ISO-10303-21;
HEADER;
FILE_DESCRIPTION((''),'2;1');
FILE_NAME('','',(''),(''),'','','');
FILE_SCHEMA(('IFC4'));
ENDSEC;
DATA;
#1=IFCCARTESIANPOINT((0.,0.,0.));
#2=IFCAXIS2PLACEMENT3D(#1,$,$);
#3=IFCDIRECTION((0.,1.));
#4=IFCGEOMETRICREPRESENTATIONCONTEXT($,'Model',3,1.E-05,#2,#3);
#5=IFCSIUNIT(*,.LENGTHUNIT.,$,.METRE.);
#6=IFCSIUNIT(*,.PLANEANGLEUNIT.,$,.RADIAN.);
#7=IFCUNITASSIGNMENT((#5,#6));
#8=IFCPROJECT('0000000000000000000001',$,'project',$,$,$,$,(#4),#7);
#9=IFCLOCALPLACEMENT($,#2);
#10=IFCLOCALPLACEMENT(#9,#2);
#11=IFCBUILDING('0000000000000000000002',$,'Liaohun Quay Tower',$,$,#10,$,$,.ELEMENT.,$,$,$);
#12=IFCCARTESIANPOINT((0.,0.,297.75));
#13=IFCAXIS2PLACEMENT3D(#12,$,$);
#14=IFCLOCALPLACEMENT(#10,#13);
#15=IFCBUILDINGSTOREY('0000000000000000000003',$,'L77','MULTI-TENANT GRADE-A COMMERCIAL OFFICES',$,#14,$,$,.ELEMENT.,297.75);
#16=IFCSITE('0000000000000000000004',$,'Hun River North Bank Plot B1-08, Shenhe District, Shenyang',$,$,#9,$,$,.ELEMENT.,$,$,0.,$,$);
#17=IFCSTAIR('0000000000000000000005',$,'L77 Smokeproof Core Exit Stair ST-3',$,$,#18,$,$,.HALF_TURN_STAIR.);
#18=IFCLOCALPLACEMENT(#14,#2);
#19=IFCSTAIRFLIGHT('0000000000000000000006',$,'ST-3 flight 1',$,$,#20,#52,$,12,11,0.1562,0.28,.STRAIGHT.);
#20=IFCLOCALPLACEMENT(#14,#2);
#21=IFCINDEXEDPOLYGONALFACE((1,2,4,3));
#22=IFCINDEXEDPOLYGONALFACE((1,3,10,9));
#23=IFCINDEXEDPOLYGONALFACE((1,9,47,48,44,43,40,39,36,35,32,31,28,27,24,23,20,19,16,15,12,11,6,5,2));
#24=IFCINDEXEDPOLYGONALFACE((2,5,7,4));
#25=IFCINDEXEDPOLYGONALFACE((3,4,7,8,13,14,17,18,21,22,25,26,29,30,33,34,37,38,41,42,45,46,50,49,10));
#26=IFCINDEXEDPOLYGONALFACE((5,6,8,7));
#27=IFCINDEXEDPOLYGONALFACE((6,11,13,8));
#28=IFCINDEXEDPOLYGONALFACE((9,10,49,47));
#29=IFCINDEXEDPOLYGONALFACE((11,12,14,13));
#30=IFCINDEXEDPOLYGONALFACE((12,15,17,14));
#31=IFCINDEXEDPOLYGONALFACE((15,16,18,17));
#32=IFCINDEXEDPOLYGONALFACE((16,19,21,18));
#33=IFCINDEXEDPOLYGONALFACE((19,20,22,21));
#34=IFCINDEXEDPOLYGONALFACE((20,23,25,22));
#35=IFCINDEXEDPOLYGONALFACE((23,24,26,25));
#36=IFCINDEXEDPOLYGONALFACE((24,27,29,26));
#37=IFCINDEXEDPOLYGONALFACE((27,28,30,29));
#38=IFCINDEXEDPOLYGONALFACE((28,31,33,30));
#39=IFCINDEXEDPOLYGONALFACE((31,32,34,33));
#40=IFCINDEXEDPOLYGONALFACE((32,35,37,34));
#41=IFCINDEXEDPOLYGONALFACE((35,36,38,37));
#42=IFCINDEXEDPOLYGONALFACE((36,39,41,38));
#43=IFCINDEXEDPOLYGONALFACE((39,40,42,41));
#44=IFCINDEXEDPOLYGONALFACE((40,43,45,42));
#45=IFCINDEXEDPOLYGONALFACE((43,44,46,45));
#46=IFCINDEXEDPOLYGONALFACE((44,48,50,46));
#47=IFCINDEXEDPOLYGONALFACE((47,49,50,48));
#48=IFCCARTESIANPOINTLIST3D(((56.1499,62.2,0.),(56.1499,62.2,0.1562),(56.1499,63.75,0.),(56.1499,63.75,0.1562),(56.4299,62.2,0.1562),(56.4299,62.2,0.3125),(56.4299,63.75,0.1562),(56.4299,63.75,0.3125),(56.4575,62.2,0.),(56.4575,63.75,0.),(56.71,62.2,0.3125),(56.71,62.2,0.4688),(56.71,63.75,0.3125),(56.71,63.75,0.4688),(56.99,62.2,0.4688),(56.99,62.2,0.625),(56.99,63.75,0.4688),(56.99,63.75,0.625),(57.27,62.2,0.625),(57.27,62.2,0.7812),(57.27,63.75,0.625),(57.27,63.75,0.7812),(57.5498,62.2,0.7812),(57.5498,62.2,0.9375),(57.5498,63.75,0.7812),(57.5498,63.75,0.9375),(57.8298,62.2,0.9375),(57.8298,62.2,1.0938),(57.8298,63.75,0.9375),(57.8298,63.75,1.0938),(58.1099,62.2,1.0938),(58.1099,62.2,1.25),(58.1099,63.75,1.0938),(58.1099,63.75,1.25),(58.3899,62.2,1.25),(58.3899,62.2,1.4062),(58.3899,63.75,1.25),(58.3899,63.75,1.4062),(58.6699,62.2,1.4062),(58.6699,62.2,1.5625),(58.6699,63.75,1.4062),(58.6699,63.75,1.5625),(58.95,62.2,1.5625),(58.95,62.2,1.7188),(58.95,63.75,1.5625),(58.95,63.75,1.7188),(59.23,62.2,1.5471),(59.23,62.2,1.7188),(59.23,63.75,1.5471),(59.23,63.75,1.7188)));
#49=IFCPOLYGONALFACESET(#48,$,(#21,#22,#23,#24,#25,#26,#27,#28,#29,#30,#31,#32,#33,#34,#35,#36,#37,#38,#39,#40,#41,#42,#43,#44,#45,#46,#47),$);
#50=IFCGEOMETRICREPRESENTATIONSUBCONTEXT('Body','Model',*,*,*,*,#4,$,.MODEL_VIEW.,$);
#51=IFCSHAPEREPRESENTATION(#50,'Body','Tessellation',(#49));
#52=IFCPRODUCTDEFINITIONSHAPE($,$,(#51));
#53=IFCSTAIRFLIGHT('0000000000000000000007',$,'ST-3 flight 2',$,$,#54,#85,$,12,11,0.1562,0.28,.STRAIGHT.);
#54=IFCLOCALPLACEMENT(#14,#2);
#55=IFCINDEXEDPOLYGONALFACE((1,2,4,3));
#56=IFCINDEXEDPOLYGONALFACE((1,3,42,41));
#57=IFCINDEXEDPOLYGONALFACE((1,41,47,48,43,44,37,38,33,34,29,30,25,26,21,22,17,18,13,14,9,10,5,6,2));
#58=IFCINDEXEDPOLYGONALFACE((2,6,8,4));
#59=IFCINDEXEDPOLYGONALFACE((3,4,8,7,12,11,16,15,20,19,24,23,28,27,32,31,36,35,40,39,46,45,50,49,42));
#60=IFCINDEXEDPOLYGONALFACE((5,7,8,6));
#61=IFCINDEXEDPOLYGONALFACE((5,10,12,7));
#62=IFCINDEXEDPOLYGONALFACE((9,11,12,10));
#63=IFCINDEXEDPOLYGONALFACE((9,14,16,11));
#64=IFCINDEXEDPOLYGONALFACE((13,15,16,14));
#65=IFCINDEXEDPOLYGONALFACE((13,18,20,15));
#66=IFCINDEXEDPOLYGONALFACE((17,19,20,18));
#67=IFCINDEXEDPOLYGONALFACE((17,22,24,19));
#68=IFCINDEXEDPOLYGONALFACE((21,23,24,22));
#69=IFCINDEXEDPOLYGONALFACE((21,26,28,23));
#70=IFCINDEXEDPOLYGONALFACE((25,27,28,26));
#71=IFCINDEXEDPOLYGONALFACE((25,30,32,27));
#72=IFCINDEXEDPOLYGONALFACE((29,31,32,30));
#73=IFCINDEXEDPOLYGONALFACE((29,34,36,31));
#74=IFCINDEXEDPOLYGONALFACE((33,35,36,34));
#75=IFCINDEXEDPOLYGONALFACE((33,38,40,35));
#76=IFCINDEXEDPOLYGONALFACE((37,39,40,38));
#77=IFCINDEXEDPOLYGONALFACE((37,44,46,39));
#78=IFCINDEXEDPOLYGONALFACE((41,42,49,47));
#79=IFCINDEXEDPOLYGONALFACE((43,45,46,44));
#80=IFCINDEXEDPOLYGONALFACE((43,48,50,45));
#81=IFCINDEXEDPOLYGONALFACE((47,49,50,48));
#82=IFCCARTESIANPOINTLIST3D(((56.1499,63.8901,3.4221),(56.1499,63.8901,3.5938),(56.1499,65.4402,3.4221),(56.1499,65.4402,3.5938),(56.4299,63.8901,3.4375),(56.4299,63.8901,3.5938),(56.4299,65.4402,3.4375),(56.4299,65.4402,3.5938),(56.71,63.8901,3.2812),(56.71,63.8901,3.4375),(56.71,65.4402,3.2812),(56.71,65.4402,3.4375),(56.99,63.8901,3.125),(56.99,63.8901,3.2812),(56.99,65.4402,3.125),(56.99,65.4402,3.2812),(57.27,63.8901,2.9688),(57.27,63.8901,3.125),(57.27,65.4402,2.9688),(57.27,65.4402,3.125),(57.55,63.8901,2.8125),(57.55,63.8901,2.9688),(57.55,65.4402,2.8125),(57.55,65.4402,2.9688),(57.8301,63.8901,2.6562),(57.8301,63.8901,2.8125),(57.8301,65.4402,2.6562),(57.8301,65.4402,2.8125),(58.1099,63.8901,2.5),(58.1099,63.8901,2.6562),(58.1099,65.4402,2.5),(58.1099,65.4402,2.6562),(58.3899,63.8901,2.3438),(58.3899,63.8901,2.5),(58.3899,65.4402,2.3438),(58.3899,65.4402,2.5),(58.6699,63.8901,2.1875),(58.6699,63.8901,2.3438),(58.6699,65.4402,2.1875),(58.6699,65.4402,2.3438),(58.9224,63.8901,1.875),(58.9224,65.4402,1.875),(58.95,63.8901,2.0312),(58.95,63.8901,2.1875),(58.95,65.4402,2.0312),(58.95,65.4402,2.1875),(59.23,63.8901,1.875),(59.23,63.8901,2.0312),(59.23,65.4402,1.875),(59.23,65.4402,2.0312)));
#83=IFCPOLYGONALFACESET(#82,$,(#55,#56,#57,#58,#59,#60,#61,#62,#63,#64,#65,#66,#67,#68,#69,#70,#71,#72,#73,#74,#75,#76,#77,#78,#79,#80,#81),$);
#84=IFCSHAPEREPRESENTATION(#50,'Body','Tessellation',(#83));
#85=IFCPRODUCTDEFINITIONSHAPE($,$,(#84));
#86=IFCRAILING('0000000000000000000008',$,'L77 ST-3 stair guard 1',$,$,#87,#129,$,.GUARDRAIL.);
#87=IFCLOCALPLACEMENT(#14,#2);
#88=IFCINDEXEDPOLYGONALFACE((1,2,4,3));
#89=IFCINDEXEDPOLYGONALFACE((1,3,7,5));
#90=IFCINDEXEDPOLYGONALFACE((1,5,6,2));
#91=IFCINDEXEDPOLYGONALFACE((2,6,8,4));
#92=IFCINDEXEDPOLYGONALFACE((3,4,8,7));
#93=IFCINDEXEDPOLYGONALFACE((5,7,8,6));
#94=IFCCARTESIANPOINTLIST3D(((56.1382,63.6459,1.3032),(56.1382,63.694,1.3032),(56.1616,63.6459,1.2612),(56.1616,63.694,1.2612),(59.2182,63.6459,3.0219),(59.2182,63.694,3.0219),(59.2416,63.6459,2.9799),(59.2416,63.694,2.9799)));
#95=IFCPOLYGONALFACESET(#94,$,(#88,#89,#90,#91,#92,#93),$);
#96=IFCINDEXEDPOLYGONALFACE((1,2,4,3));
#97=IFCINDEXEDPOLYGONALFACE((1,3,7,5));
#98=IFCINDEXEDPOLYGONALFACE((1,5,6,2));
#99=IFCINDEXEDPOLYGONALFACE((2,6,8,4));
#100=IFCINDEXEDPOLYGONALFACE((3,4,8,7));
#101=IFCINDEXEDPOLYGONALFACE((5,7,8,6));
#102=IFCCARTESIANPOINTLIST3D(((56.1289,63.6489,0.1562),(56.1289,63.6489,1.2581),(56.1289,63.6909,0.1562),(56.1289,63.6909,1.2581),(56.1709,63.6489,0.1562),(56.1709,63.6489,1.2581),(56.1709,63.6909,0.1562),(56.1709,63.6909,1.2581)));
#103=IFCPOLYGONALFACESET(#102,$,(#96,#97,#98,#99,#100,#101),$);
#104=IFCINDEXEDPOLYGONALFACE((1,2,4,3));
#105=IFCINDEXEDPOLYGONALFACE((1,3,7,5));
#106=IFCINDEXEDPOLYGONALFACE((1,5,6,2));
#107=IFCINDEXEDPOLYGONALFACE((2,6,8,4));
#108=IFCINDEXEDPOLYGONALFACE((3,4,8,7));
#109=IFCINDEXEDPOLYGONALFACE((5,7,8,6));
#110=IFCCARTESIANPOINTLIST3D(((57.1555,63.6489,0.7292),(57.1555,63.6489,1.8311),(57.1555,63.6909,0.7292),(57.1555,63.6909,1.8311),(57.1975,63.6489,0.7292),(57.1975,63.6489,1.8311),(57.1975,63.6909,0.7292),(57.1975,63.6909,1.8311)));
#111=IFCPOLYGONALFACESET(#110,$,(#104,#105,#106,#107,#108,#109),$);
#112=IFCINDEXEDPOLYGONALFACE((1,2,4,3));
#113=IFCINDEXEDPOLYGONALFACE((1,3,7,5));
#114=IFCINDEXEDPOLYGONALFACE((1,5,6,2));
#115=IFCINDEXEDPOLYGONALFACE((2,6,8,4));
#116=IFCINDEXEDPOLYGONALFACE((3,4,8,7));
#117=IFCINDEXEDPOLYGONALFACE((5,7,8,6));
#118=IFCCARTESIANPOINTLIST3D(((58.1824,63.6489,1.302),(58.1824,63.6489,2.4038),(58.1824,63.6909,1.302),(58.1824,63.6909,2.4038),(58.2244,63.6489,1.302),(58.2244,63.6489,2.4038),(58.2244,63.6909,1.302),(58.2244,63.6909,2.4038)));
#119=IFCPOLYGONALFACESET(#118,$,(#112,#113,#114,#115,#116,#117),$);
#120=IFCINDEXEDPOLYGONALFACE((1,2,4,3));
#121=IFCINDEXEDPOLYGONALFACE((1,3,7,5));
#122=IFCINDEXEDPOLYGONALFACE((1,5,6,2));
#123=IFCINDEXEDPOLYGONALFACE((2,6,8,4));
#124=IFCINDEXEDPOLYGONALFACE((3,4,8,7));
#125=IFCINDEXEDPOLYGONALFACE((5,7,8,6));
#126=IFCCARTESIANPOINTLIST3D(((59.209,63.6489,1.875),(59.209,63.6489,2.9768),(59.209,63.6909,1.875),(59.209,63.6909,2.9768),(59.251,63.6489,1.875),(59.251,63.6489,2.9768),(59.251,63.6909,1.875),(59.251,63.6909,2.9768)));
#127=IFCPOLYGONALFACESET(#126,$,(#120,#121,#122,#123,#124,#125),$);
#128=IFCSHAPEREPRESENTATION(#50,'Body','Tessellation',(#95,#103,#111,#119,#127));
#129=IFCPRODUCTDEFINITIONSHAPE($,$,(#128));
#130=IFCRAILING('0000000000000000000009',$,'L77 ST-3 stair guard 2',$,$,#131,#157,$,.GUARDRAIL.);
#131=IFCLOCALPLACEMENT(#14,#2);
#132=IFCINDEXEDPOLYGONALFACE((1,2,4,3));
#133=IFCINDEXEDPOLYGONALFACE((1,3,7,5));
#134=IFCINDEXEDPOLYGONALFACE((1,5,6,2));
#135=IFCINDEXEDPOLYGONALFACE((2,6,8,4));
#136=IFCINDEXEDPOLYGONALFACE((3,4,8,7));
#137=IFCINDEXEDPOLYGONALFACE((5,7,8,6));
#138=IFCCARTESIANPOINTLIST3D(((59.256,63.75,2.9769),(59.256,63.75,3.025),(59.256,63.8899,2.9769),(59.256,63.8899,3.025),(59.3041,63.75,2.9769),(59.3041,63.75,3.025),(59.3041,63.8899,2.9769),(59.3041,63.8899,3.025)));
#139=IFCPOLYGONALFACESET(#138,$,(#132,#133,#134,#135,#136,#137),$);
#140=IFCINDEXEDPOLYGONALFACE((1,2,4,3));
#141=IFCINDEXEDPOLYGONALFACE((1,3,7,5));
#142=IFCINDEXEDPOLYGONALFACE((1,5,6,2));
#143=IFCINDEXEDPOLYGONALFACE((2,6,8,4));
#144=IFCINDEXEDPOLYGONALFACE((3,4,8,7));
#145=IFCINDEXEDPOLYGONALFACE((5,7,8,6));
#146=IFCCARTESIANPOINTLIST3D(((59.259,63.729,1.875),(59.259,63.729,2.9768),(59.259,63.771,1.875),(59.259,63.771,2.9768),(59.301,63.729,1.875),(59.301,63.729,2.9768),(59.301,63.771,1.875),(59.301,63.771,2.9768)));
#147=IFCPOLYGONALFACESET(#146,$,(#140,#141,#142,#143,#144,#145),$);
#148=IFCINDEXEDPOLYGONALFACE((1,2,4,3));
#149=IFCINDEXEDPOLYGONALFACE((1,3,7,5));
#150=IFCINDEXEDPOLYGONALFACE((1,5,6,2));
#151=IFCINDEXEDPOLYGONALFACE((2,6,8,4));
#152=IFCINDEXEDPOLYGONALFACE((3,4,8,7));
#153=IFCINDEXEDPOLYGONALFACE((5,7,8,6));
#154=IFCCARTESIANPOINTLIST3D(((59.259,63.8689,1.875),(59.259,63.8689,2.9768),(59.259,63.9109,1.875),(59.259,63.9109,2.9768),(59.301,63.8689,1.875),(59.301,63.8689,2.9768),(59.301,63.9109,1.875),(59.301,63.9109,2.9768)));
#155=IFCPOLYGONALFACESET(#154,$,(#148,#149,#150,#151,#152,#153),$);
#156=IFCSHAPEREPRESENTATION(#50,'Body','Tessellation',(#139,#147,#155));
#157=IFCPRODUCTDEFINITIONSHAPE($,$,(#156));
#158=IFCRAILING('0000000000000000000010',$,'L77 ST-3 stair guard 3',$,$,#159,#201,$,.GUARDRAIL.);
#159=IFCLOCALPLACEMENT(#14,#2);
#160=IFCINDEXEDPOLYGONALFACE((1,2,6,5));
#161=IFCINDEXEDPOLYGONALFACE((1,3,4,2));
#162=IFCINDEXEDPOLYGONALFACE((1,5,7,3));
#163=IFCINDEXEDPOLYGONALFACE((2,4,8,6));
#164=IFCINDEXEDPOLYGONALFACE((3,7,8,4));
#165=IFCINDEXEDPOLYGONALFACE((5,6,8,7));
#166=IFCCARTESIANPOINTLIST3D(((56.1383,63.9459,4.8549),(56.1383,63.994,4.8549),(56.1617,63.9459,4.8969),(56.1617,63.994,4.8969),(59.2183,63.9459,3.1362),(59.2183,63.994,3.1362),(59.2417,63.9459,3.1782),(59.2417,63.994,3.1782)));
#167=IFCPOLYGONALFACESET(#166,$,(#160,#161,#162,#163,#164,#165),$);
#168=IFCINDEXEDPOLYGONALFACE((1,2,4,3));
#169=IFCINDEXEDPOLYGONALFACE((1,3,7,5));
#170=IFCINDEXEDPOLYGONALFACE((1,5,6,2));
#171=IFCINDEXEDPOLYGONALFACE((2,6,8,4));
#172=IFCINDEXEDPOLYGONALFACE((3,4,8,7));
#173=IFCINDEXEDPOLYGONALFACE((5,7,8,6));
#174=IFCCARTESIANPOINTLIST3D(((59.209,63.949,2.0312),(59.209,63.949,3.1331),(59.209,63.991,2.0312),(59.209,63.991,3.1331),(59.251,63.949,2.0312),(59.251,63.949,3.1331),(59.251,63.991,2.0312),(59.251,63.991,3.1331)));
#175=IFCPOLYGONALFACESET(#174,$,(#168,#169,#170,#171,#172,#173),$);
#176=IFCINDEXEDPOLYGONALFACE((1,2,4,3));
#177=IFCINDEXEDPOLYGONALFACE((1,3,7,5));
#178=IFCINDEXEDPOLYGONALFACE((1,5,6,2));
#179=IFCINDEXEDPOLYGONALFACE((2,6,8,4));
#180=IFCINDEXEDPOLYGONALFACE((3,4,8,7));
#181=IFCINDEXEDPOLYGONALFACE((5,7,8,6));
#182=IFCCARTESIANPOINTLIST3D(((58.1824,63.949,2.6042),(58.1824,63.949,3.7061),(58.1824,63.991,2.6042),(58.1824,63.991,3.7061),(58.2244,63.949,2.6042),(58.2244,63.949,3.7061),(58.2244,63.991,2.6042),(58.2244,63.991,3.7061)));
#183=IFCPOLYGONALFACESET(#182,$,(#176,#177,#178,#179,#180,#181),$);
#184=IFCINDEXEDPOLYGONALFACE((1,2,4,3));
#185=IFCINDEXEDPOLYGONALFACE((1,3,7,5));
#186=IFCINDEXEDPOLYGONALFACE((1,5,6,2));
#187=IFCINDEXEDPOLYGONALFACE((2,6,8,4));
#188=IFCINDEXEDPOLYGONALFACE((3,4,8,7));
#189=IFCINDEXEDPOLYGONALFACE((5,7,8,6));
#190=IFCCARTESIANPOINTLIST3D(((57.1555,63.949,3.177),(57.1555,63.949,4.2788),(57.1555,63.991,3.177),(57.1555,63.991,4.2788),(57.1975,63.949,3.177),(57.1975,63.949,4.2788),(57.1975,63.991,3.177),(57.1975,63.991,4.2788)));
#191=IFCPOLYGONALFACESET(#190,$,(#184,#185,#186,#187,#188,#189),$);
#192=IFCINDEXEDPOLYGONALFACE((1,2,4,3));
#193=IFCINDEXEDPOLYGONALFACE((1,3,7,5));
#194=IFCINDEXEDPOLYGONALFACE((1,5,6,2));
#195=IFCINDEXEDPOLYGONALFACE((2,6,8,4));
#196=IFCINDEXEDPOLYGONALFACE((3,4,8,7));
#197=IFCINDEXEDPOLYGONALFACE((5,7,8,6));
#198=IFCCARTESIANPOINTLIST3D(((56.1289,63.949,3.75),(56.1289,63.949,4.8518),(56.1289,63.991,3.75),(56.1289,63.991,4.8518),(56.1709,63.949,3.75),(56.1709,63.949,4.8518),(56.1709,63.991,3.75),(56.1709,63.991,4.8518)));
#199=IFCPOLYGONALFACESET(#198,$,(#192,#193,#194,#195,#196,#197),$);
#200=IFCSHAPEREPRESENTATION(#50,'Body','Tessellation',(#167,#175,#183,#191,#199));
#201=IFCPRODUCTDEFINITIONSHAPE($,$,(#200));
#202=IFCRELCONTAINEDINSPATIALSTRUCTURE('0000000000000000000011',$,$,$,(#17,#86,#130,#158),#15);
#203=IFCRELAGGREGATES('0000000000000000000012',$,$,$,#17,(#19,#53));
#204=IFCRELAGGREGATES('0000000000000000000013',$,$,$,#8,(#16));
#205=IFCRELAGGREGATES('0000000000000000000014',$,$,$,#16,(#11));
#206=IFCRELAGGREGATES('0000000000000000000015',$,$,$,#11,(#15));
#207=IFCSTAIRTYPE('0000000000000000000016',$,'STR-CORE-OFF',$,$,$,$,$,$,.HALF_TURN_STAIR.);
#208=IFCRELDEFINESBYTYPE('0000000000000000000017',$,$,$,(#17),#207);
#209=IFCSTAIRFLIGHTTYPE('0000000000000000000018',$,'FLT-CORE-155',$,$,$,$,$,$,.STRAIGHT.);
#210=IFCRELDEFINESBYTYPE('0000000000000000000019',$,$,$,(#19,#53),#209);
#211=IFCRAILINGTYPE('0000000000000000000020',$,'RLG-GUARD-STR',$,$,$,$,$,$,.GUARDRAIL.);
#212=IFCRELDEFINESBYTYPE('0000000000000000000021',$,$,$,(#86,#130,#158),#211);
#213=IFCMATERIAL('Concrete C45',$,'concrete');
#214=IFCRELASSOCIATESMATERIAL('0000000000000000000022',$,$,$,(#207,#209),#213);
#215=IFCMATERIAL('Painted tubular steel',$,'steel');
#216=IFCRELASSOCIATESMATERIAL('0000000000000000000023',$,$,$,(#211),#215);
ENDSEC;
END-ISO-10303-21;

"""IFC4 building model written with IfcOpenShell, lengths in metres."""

from ifc_helpers import new_model, si_unit, direction, frame, origin, origin_2d, place, context, subcontext, project, spatial, polyline, rectangle, outline, extrude, material, type_object, element, aggregate, save


model = new_model("IFC4")

# Units and contexts
model_context = context("Model", 3, precision=1e-05, world=origin(), true_north=direction((0.0, 1.0)))
body_context = subcontext(model_context, "Body", "Model", "MODEL_VIEW")
ifc_project = project(units=[si_unit("LENGTHUNIT", "METRE"), si_unit("PLANEANGLEUNIT", "RADIAN")], contexts=[model_context])

# Site, building, storey
site_placement = place(None, origin())
site = spatial("IfcSite", under=ifc_project, at=site_placement, Name="Hun River North Bank Plot B1-08, Shenhe District, Shenyang", CompositionType="ELEMENT", RefElevation=0.0)
building_placement = place(site_placement, origin())
building = spatial("IfcBuilding", under=site, at=building_placement, Name="Liaohun Quay Tower", CompositionType="ELEMENT")
storey_placement = place(building_placement, frame((0.0, 0.0, 297.75)))
storey = spatial("IfcBuildingStorey", under=building, at=storey_placement, Name="L77", Description="MULTI-TENANT GRADE-A COMMERCIAL OFFICES", CompositionType="ELEMENT", Elevation=297.75)

# Stair, stair flights
ifc_material_1 = material(Name="Concrete C45", Category="concrete")
stair_type = type_object("IfcStairType", Name="STR-CORE-OFF", PredefinedType="HALF_TURN_STAIR", material=ifc_material_1)
stair_placement = place(storey_placement, origin())
stair = element("IfcStair", 1, at=stair_placement, inside=storey, type_object=stair_type, Name="L77 Smokeproof Core Exit Stair ST-3", PredefinedType="HALF_TURN_STAIR")
stair_flight_type = type_object("IfcStairFlightType", Name="FLT-CORE-155", PredefinedType="STRAIGHT", material=ifc_material_1)
stair_flight_1_placement = place(storey_placement, frame((56.1499, 62.9751, 0.0), z_axis=(0.0, 0.0, 1.0), x_axis=(1.0, 0.0, 0.0)))
stair_flight_1 = element("IfcStairFlight", 2, at=stair_flight_1_placement, type_object=stair_flight_type, Name="ST-3 flight 1", NumberOfRisers=12, NumberOfTreads=11, PredefinedType="STRAIGHT", RiserHeight=0.1562, TreadLength=0.28, context=body_context, shape_type="SweptSolid", body=[
    extrude(outline(polyline([(0.0, 0.0), (0.0, 0.1562), (0.28, 0.1562), (0.28, 0.3125), (0.5601, 0.3125), (0.5601, 0.4688), (0.8401, 0.4688), (0.8401, 0.625), (1.1201, 0.625), (1.1201, 0.7812), (1.3999, 0.7812), (1.3999, 0.9375), (1.6799, 0.9375), (1.6799, 1.0938), (1.96, 1.0938), (1.96, 1.25), (2.24, 1.25), (2.24, 1.4062), (2.52, 1.4062), (2.52, 1.5625), (2.8, 1.5625), (2.8, 1.7188), (3.0801, 1.7188), (3.0801, 1.875), (3.0801, 1.5471), (0.3076, 0.0), (0.0, 0.0)])), frame((0.0, 0.7749, 0.0), z_axis=(0.0, -1.0, 0.0), x_axis=(1.0, 0.0, 0.0)), (0.0, 0.0, 1.0), 1.55),
])
stair_flight_2_placement = place(storey_placement, frame((59.23, 64.665, 1.875), z_axis=(0.0, 0.0, 1.0), x_axis=(-1.0, 0.0, 0.0)))
stair_flight_2 = element("IfcStairFlight", 3, at=stair_flight_2_placement, type_object=stair_flight_type, Name="ST-3 flight 2", NumberOfRisers=12, NumberOfTreads=11, PredefinedType="STRAIGHT", RiserHeight=0.1562, TreadLength=0.28, context=body_context, shape_type="SweptSolid", body=[
    extrude(outline(polyline([(0.0, 0.0), (0.0, 0.1562), (0.28, 0.1562), (0.28, 0.3125), (0.5601, 0.3125), (0.5601, 0.4688), (0.8401, 0.4688), (0.8401, 0.625), (1.1201, 0.625), (1.1201, 0.7812), (1.3999, 0.7812), (1.3999, 0.9375), (1.6799, 0.9375), (1.6799, 1.0938), (1.96, 1.0938), (1.96, 1.25), (2.24, 1.25), (2.24, 1.4062), (2.52, 1.4062), (2.52, 1.5625), (2.8, 1.5625), (2.8, 1.7188), (3.0801, 1.7188), (3.0801, 1.875), (3.0801, 1.5471), (0.3076, 0.0), (0.0, 0.0)])), frame((0.0, 0.7749, 0.0), z_axis=(0.0, -1.0, 0.0), x_axis=(1.0, 0.0, 0.0)), (0.0, 0.0, 1.0), 1.55),
])
aggregate(stair, [stair_flight_1, stair_flight_2])

# Railings
ifc_material_2 = material(Name="Painted tubular steel", Category="steel")
railing_type_1 = type_object("IfcRailingType", Name="RLG-GUARD-STR", PredefinedType="GUARDRAIL", material=ifc_material_2)
railing_1_placement = place(storey_placement, frame((56.1499, 63.6699, 0.1562)))
element("IfcRailing", 4, at=railing_1_placement, inside=storey, type_object=railing_type_1, Name="L77 ST-3 stair guard 1", PredefinedType="GUARDRAIL", context=body_context, shape_type="SweptSolid", body=[
    extrude(rectangle(XDim=0.0481, YDim=0.0481, at=origin_2d()), frame((0.0, 0.0, 1.126), z_axis=(0.873242, 0.0, 0.487288), x_axis=(0.0, 1.0, 0.0)), (0.0, 0.0, 1.0), 3.5271),
    extrude(rectangle(XDim=0.042, YDim=0.042, at=origin_2d()), origin(), (0.0, 0.0, 1.0), 1.1018),
    extrude(rectangle(XDim=0.042, YDim=0.042, at=origin_2d()), frame((1.0266, 0.0, 0.573)), (0.0, 0.0, 1.0), 1.1018),
    extrude(rectangle(XDim=0.042, YDim=0.042, at=origin_2d()), frame((2.0535, 0.0, 1.1458)), (0.0, 0.0, 1.0), 1.1018),
    extrude(rectangle(XDim=0.042, YDim=0.042, at=origin_2d()), frame((3.0801, 0.0, 1.7188)), (0.0, 0.0, 1.0), 1.1018),
])
railing_2_placement = place(storey_placement, frame((59.28, 63.75, 1.875)))
element("IfcRailing", 5, at=railing_2_placement, inside=storey, type_object=railing_type_1, Name="L77 ST-3 stair guard 2", PredefinedType="GUARDRAIL", context=body_context, shape_type="SweptSolid", body=[
    extrude(rectangle(XDim=0.0481, YDim=0.0481, at=origin_2d()), frame((0.0, 0.0, 1.126), z_axis=(0.0, 1.0, 0.0), x_axis=(-1.0, 0.0, 0.0)), (0.0, 0.0, 1.0), 0.1399),
    extrude(rectangle(XDim=0.042, YDim=0.042, at=origin_2d()), origin(), (0.0, 0.0, 1.0), 1.1018),
    extrude(rectangle(XDim=0.042, YDim=0.042, at=origin_2d()), frame((0.0, 0.1399, 0.0)), (0.0, 0.0, 1.0), 1.1018),
])
railing_3_placement = place(storey_placement, frame((59.23, 63.97, 2.0312)))
element("IfcRailing", 6, at=railing_3_placement, inside=storey, type_object=railing_type_1, Name="L77 ST-3 stair guard 3", PredefinedType="GUARDRAIL", context=body_context, shape_type="SweptSolid", body=[
    extrude(rectangle(XDim=0.0481, YDim=0.0481, at=origin_2d()), frame((0.0, 0.0, 1.126), z_axis=(-0.873242, 0.0, 0.487288), x_axis=(0.0, -1.0, 0.0)), (0.0, 0.0, 1.0), 3.5271),
    extrude(rectangle(XDim=0.042, YDim=0.042, at=origin_2d()), origin(), (0.0, 0.0, 1.0), 1.1018),
    extrude(rectangle(XDim=0.042, YDim=0.042, at=origin_2d()), frame((-1.0266, 0.0, 0.573)), (0.0, 0.0, 1.0), 1.1018),
    extrude(rectangle(XDim=0.042, YDim=0.042, at=origin_2d()), frame((-2.0535, 0.0, 1.1458)), (0.0, 0.0, 1.0), 1.1018),
    extrude(rectangle(XDim=0.042, YDim=0.042, at=origin_2d()), frame((-3.0801, 0.0, 1.7188)), (0.0, 0.0, 1.0), 1.1018),
])

save(model, "model.ifc")
